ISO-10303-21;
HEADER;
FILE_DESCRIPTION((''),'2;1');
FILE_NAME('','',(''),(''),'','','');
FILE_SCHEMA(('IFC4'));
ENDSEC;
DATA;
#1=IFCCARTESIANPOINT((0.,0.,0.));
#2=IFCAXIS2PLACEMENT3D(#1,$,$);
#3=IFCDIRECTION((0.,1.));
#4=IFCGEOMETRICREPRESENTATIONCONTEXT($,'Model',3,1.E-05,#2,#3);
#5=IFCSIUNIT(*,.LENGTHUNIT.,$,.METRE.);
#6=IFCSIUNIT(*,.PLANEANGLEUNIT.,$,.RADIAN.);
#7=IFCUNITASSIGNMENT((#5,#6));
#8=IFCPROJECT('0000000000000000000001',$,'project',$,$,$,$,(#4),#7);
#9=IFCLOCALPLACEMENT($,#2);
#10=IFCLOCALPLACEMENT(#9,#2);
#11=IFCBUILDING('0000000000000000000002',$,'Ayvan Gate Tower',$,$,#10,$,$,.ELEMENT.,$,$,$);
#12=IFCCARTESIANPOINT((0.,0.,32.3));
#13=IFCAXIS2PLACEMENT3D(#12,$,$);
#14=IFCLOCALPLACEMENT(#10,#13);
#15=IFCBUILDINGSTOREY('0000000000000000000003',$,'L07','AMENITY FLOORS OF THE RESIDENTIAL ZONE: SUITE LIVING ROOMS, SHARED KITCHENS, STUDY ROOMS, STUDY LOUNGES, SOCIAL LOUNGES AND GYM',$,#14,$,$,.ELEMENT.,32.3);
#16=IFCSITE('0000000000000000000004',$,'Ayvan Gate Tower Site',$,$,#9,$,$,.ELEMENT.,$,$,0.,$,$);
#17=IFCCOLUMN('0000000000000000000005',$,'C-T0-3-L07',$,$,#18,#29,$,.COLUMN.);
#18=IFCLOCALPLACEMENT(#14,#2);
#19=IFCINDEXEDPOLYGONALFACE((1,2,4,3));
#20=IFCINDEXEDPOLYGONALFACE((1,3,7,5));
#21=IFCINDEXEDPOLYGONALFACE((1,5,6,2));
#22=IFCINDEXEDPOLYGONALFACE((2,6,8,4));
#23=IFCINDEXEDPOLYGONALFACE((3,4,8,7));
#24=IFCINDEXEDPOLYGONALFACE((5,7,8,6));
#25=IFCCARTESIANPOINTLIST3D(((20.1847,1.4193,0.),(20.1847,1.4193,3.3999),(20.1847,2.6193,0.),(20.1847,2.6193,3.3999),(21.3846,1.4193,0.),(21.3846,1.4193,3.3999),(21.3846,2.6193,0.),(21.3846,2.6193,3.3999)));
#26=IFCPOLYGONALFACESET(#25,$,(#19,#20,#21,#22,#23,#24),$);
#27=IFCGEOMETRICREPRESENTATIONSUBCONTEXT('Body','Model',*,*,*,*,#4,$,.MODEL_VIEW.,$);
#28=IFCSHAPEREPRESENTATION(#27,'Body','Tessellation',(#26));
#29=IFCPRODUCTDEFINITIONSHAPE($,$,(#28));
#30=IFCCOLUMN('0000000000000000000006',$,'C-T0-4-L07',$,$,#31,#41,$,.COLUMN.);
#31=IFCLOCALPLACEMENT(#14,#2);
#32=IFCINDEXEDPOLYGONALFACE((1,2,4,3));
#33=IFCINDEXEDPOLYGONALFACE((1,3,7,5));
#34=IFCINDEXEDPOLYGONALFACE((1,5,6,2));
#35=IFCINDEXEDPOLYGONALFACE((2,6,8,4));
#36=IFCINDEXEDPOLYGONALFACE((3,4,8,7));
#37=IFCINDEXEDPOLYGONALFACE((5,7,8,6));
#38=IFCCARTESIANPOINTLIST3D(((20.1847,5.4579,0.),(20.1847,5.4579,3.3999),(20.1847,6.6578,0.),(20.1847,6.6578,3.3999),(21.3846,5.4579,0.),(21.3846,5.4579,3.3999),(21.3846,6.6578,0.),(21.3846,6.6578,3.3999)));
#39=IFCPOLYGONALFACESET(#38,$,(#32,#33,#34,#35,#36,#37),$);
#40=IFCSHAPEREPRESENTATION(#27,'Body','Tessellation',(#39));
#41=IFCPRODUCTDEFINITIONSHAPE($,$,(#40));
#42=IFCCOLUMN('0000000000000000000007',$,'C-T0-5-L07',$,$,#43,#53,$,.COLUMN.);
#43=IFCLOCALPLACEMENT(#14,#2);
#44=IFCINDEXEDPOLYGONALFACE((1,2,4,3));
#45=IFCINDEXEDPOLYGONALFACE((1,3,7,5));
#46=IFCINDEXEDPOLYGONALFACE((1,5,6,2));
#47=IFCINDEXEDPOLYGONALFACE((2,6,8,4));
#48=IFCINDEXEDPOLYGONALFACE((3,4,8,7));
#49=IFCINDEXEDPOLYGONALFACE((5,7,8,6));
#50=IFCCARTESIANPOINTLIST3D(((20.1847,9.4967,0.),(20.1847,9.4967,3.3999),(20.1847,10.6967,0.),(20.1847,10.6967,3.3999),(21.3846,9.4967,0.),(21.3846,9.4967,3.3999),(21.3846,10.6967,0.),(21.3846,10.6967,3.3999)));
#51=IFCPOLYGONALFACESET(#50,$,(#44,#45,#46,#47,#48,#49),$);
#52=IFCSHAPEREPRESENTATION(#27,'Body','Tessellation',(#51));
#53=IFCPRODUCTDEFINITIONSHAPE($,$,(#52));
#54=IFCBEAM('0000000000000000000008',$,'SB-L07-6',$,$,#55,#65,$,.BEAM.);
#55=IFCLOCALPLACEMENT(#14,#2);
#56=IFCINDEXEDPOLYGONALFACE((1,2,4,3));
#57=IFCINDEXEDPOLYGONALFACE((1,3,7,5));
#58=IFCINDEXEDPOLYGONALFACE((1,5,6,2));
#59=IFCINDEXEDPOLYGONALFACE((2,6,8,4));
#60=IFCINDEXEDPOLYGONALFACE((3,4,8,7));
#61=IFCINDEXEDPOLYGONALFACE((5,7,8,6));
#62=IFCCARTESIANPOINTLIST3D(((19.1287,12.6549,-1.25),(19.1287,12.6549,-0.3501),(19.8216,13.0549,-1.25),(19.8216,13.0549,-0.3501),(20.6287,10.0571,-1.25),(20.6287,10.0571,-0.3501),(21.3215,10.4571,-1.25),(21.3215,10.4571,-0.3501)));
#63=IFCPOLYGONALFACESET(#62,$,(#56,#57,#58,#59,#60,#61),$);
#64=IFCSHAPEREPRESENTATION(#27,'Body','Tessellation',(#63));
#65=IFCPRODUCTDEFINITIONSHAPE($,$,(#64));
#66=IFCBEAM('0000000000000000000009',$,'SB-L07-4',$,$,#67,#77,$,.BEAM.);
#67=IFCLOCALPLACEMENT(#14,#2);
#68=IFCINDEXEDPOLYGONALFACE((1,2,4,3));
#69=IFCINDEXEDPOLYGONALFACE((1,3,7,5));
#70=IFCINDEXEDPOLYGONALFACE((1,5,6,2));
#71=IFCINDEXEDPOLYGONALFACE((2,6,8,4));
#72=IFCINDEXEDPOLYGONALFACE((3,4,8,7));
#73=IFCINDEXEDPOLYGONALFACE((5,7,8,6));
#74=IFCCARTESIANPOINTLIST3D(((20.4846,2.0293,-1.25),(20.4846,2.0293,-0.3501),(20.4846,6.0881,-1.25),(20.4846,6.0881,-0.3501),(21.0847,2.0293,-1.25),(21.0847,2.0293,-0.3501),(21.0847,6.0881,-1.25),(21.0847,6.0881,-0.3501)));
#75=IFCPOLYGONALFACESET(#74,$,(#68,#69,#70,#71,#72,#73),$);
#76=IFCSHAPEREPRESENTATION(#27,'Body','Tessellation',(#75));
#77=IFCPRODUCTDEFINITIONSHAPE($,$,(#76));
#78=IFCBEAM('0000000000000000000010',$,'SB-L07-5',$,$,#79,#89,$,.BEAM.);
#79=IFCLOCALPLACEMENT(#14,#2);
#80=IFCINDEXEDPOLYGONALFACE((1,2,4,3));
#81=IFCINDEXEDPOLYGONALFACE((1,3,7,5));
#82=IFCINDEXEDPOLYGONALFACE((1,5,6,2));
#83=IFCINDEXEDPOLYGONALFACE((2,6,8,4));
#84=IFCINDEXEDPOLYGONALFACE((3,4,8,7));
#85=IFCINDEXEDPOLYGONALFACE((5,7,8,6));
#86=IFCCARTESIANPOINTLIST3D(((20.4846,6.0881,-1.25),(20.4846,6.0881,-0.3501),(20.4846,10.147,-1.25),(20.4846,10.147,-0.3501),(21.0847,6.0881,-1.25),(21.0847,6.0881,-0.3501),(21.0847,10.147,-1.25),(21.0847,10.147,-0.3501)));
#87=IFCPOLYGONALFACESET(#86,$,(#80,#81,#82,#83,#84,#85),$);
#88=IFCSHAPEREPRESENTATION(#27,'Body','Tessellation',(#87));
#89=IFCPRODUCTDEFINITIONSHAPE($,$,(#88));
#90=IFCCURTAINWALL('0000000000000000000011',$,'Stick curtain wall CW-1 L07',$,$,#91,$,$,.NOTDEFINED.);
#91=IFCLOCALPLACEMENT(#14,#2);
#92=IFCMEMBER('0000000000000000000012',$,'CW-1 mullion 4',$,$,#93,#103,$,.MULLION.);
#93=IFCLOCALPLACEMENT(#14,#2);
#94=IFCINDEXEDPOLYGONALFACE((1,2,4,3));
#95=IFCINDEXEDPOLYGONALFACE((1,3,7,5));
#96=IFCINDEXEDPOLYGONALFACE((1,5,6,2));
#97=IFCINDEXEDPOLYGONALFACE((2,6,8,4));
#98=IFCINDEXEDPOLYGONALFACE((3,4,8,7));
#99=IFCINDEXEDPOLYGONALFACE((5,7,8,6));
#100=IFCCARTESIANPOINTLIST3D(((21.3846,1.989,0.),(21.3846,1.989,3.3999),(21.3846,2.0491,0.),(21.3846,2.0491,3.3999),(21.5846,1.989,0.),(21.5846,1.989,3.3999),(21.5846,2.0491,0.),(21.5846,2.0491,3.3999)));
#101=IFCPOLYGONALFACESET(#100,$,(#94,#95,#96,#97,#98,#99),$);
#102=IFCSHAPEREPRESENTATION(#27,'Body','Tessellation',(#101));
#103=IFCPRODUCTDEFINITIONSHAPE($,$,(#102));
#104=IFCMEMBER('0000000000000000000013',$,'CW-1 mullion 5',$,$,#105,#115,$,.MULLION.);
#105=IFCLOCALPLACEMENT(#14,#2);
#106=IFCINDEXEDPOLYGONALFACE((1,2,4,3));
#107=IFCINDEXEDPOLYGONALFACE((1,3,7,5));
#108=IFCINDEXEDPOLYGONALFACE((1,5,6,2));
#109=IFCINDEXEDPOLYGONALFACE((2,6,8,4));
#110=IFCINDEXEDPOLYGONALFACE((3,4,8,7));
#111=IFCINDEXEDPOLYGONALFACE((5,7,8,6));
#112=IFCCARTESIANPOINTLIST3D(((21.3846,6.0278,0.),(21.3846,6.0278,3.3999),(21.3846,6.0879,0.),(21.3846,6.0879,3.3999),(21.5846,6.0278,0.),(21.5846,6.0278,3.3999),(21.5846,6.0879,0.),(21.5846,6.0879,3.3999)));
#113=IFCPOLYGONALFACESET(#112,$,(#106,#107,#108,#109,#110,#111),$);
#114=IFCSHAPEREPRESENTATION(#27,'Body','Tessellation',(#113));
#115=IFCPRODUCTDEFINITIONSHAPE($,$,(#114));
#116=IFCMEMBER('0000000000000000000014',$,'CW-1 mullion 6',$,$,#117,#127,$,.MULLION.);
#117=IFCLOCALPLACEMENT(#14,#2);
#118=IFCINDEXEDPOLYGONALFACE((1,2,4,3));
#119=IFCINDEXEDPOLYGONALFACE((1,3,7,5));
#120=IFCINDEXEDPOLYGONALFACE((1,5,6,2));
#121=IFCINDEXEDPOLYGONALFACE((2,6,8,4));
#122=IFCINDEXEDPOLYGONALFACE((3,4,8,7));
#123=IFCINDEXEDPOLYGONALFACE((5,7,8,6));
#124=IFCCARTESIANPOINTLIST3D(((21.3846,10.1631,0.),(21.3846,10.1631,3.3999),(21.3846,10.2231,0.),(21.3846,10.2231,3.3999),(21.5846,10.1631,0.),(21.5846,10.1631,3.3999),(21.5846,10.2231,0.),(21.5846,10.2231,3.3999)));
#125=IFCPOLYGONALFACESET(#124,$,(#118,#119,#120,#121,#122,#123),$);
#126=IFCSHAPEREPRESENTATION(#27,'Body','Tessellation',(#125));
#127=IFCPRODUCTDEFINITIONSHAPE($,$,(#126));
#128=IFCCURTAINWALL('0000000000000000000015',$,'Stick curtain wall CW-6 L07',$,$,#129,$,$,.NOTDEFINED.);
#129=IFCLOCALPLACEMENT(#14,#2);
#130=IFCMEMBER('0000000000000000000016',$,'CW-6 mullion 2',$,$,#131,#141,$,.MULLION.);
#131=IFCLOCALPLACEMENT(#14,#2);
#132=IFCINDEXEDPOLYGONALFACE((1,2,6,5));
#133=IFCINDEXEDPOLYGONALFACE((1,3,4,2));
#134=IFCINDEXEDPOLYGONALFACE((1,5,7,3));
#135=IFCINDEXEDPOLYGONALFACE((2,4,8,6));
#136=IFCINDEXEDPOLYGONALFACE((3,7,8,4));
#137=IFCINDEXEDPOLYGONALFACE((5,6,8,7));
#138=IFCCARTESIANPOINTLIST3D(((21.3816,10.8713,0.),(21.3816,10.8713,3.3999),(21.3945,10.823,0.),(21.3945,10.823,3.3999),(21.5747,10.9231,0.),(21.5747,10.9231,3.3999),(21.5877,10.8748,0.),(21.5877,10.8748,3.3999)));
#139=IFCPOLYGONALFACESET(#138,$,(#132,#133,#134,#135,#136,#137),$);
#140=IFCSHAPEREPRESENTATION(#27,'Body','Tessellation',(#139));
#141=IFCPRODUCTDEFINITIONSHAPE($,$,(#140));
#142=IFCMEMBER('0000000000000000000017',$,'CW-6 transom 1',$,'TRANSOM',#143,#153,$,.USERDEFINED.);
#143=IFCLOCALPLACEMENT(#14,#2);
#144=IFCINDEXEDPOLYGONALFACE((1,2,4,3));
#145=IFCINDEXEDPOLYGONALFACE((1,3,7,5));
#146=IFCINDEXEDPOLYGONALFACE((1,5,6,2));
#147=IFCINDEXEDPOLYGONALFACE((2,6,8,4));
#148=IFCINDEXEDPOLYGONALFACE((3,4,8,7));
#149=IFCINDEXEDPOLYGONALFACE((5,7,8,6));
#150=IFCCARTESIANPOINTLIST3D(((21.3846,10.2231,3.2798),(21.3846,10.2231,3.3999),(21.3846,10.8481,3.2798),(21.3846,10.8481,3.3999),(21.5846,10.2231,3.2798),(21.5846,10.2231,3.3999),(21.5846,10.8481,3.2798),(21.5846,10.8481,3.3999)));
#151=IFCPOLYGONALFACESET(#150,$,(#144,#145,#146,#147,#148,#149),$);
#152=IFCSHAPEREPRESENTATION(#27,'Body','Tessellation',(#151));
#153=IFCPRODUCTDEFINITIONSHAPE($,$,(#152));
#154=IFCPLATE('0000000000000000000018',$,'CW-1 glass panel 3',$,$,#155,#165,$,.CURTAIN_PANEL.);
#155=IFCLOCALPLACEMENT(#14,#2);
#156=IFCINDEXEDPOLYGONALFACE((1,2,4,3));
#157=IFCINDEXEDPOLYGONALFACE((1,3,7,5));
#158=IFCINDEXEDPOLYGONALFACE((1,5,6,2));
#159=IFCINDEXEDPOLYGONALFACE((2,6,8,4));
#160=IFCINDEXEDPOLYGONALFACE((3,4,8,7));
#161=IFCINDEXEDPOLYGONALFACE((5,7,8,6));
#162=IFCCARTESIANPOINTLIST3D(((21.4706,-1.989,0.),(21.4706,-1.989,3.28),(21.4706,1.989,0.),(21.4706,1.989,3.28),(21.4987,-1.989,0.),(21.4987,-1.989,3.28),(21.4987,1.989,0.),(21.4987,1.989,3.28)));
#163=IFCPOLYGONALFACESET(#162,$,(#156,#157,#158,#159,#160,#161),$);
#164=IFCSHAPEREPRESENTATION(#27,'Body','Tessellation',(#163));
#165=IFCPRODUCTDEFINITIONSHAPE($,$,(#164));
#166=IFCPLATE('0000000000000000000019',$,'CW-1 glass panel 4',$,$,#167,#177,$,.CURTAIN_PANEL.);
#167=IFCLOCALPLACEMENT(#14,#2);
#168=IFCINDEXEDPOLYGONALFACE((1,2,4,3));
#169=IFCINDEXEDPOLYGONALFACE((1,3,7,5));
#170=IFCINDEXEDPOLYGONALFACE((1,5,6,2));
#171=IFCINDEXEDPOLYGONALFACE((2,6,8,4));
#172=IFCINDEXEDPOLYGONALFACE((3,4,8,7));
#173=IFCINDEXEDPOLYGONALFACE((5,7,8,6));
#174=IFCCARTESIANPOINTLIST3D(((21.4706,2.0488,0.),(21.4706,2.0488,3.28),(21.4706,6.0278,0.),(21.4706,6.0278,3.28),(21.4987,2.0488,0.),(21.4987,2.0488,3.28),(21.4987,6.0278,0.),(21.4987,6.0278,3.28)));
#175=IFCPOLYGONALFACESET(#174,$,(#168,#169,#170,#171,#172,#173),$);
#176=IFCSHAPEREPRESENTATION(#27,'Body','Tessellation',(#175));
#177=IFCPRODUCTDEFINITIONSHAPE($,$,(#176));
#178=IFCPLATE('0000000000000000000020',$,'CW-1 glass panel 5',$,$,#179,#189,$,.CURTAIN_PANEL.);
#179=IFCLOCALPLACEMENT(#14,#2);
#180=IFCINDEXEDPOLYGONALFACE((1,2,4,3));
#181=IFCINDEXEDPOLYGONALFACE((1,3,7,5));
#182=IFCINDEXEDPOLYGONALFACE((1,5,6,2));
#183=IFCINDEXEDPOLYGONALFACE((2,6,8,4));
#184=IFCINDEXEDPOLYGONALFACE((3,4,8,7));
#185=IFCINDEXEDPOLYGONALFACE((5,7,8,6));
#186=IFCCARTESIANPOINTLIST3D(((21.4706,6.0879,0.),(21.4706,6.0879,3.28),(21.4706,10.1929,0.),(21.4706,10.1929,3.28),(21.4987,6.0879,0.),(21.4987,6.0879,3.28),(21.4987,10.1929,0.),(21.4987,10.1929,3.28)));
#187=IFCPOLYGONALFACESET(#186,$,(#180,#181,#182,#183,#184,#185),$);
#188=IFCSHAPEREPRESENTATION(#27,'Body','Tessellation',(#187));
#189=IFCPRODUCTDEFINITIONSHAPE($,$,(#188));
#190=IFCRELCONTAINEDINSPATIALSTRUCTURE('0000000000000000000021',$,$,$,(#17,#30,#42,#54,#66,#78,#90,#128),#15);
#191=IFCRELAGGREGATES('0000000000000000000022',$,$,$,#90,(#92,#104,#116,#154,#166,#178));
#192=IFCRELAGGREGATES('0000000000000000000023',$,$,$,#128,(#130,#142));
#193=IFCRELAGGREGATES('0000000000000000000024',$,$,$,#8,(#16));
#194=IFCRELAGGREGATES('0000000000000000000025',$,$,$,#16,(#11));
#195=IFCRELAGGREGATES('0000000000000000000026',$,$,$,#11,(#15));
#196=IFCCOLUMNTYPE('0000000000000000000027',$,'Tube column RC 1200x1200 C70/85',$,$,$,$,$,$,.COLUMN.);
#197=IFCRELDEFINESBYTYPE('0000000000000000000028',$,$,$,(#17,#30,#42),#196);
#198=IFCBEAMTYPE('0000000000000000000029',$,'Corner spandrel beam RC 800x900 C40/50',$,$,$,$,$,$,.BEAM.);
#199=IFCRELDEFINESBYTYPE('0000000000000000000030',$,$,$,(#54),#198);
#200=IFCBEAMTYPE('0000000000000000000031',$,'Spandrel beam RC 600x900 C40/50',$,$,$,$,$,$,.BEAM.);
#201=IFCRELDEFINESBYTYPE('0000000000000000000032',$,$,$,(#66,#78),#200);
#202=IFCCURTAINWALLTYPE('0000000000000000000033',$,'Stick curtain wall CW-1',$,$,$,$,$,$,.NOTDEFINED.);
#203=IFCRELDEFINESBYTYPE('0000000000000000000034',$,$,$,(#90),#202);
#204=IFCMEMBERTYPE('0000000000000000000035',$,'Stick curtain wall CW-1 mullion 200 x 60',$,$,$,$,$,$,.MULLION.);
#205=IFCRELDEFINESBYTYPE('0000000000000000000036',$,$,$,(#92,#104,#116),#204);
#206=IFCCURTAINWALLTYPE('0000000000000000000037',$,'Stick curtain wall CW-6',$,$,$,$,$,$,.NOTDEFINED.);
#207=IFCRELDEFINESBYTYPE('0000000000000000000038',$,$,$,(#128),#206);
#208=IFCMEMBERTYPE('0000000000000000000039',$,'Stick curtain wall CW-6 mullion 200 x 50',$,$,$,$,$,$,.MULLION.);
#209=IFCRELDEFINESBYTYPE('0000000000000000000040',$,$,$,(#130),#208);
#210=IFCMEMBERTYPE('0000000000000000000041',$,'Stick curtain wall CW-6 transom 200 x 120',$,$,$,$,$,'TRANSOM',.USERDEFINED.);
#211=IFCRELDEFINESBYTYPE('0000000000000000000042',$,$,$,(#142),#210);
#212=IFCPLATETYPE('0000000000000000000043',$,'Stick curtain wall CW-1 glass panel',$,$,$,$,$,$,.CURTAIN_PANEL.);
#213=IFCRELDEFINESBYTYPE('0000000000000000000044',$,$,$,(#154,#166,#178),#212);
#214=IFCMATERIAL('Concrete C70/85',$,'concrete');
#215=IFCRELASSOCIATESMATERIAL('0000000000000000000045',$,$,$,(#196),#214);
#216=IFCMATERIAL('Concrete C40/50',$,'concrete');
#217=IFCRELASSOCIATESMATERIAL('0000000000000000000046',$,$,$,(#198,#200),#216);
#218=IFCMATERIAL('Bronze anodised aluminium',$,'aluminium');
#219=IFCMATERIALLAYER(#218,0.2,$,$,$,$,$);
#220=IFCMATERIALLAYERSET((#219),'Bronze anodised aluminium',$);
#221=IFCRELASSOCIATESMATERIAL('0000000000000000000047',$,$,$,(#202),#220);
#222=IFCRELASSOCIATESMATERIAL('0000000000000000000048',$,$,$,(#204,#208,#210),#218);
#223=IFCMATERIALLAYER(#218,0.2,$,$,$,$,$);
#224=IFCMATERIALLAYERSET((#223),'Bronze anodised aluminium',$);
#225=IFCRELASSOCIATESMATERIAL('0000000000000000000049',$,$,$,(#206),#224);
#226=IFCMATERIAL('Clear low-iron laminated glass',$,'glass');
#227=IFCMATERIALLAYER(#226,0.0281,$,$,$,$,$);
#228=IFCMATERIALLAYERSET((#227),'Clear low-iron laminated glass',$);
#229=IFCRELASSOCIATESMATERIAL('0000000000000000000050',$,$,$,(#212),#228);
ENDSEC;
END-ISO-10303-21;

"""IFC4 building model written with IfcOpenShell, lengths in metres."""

from ifc_helpers import new_model, si_unit, direction, frame, origin, origin_2d, place, context, subcontext, project, spatial, rectangle, extrude, material, layer, layer_set, material_profile, profile_set, type_object, element, aggregate, save


model = new_model("IFC4")

# Units and contexts
model_context = context("Model", 3, precision=1e-05, world=origin(), true_north=direction((0.0, 1.0)))
body_context = subcontext(model_context, "Body", "Model", "MODEL_VIEW")
ifc_project = project(units=[si_unit("LENGTHUNIT", "METRE"), si_unit("PLANEANGLEUNIT", "RADIAN")], contexts=[model_context])

# Site, building, storey
site_placement = place(None, origin())
site = spatial("IfcSite", under=ifc_project, at=site_placement, Name="Ayvan Gate Tower Site", CompositionType="ELEMENT", RefElevation=0.0)
building_placement = place(site_placement, origin())
building = spatial("IfcBuilding", under=site, at=building_placement, Name="Ayvan Gate Tower", CompositionType="ELEMENT")
storey_placement = place(building_placement, frame((0.0, 0.0, 32.3)))
storey = spatial("IfcBuildingStorey", under=building, at=storey_placement, Name="L07", Description="AMENITY FLOORS OF THE RESIDENTIAL ZONE: SUITE LIVING ROOMS, SHARED KITCHENS, STUDY ROOMS, STUDY LOUNGES, SOCIAL LOUNGES AND GYM", CompositionType="ELEMENT", Elevation=32.3)

# Columns
ifc_material_1 = material(Name="Concrete C70/85", Category="concrete")
ifc_material_profile_1 = material_profile(ifc_material_1, rectangle(XDim=1.2, YDim=1.2, at=origin_2d()), Name="RC 1200x1200")
ifc_profile_set_1 = profile_set([ifc_material_profile_1], Name="Concrete C70/85")
column_type = type_object("IfcColumnType", Name="Tube column RC 1200x1200 C70/85", PredefinedType="COLUMN", material=ifc_profile_set_1)
for number, where, z_axis, x_axis, name in (
    (1, (20.7847, 2.0193, 0.0), (0.0, 0.0, 1.0), (1.0, 0.0, 0.0), "C-T0-3-L07"),
    (2, (20.7847, 6.0579, 0.0), (0.0, 0.0, 1.0), (1.0, 0.0, 0.0), "C-T0-4-L07"),
    (3, (20.7847, 10.0967, 0.0), (0.0, 0.0, 1.0), (1.0, 0.0, 0.0), "C-T0-5-L07"),
):
    element("IfcColumn", number, at=place(storey_placement, frame(where, z_axis=z_axis, x_axis=x_axis)), inside=storey, type_object=column_type, Name=name, PredefinedType="COLUMN", context=body_context, shape_type="SweptSolid", body=[
        extrude(rectangle(XDim=1.2, YDim=1.2, at=origin_2d()), origin(), (0.0, 0.0, 1.0), 3.3999),
    ])

# Beams
ifc_material_2 = material(Name="Concrete C40/50", Category="concrete")
ifc_material_profile_2 = material_profile(ifc_material_2, rectangle(XDim=0.8, YDim=0.8999, at=origin_2d()), Name="RC 800x900")
ifc_profile_set_2 = profile_set([ifc_material_profile_2], Name="Concrete C40/50")
beam_type_1 = type_object("IfcBeamType", Name="Corner spandrel beam RC 800x900 C40/50", PredefinedType="BEAM", material=ifc_profile_set_2)
beam_placement = place(storey_placement, frame((20.9751, 10.2571, -0.8), z_axis=(-0.500025, 0.866011, 0.0), x_axis=(-0.866011, -0.500025, 0.0)))
element("IfcBeam", 4, at=beam_placement, inside=storey, type_object=beam_type_1, Name="SB-L07-6", PredefinedType="BEAM", context=body_context, shape_type="SweptSolid", body=[
    extrude(rectangle(XDim=0.8, YDim=0.8999, at=origin_2d()), origin(), (0.0, 0.0, 1.0), 2.9998),
])
ifc_material_profile_3 = material_profile(ifc_material_2, rectangle(XDim=0.6001, YDim=0.8999, at=origin_2d()), Name="RC 600x900")
ifc_profile_set_3 = profile_set([ifc_material_profile_3], Name="Concrete C40/50")
beam_type_2 = type_object("IfcBeamType", Name="Spandrel beam RC 600x900 C40/50", PredefinedType="BEAM", material=ifc_profile_set_3)
for number, where, z_axis, x_axis, name in (
    (5, (20.7847, 2.0293, -0.8), (0.0, 1.0, 0.0), (-1.0, 0.0, 0.0), "SB-L07-4"),
    (6, (20.7847, 6.0881, -0.8), (0.0, 1.0, 0.0), (-1.0, 0.0, 0.0), "SB-L07-5"),
):
    element("IfcBeam", number, at=place(storey_placement, frame(where, z_axis=z_axis, x_axis=x_axis)), inside=storey, type_object=beam_type_2, Name=name, PredefinedType="BEAM", context=body_context, shape_type="SweptSolid", body=[
        extrude(rectangle(XDim=0.6001, YDim=0.8999, at=origin_2d()), origin(), (0.0, 0.0, 1.0), 4.0588),
    ])

# Curtain walls, members
ifc_material_3 = material(Name="Bronze anodised aluminium", Category="aluminium")
ifc_layer_1 = layer(ifc_material_3, 0.2)
ifc_layer_set_1 = layer_set([ifc_layer_1], Name="Bronze anodised aluminium")
curtain_wall_type_1 = type_object("IfcCurtainWallType", Name="Stick curtain wall CW-1", PredefinedType="NOTDEFINED", material=ifc_layer_set_1)
curtain_wall_1_placement = place(storey_placement, origin())
curtain_wall_1 = element("IfcCurtainWall", 7, at=curtain_wall_1_placement, inside=storey, type_object=curtain_wall_type_1, Name="Stick curtain wall CW-1 L07", PredefinedType="NOTDEFINED")
ifc_material_profile_4 = material_profile(ifc_material_3, rectangle(XDim=0.2, YDim=0.0601, at=origin_2d()), Name="Stick curtain wall CW-1 mullion 200 x 60")
ifc_profile_set_4 = profile_set([ifc_material_profile_4], Name="Bronze anodised aluminium")
member_type_1 = type_object("IfcMemberType", Name="Stick curtain wall CW-1 mullion 200 x 60", PredefinedType="MULLION", material=ifc_profile_set_4)
member_1_placement = place(storey_placement, frame((21.4846, 2.019, 0.0), z_axis=(0.0, 0.0, 1.0), x_axis=(1.0, 0.0, 0.0)))
member_1 = element("IfcMember", 8, at=member_1_placement, type_object=member_type_1, Name="CW-1 mullion 4", PredefinedType="MULLION", context=body_context, shape_type="SweptSolid", body=[
    extrude(rectangle(XDim=0.2, YDim=0.0601, at=origin_2d()), origin(), (0.0, 0.0, 1.0), 3.3999),
])
member_2_placement = place(storey_placement, frame((21.4846, 6.0579, 0.0), z_axis=(0.0, 0.0, 1.0), x_axis=(1.0, 0.0, 0.0)))
member_2 = element("IfcMember", 9, at=member_2_placement, type_object=member_type_1, Name="CW-1 mullion 5", PredefinedType="MULLION", context=body_context, shape_type="SweptSolid", body=[
    extrude(rectangle(XDim=0.2, YDim=0.0601, at=origin_2d()), origin(), (0.0, 0.0, 1.0), 3.3999),
])
member_3_placement = place(storey_placement, frame((21.4846, 10.1931, 0.0), z_axis=(0.0, 0.0, 1.0), x_axis=(1.0, 0.0, 0.0)))
member_3 = element("IfcMember", 10, at=member_3_placement, type_object=member_type_1, Name="CW-1 mullion 6", PredefinedType="MULLION", context=body_context, shape_type="SweptSolid", body=[
    extrude(rectangle(XDim=0.2, YDim=0.0601, at=origin_2d()), origin(), (0.0, 0.0, 1.0), 3.3999),
])
ifc_layer_2 = layer(ifc_material_3, 0.2)
ifc_layer_set_2 = layer_set([ifc_layer_2], Name="Bronze anodised aluminium")
curtain_wall_type_2 = type_object("IfcCurtainWallType", Name="Stick curtain wall CW-6", PredefinedType="NOTDEFINED", material=ifc_layer_set_2)
curtain_wall_2_placement = place(storey_placement, origin())
curtain_wall_2 = element("IfcCurtainWall", 11, at=curtain_wall_2_placement, inside=storey, type_object=curtain_wall_type_2, Name="Stick curtain wall CW-6 L07", PredefinedType="NOTDEFINED")
ifc_material_profile_5 = material_profile(ifc_material_3, rectangle(XDim=0.2, YDim=0.05, at=origin_2d()), Name="Stick curtain wall CW-6 mullion 200 x 50")
ifc_profile_set_5 = profile_set([ifc_material_profile_5], Name="Bronze anodised aluminium")
member_type_2 = type_object("IfcMemberType", Name="Stick curtain wall CW-6 mullion 200 x 50", PredefinedType="MULLION", material=ifc_profile_set_5)
member_4_placement = place(storey_placement, frame((21.4846, 10.873, 0.0), z_axis=(0.0, 0.0, 1.0), x_axis=(0.965926, 0.258819, 0.0)))
member_4 = element("IfcMember", 12, at=member_4_placement, type_object=member_type_2, Name="CW-6 mullion 2", PredefinedType="MULLION", context=body_context, shape_type="SweptSolid", body=[
    extrude(rectangle(XDim=0.2, YDim=0.05, at=origin_2d()), origin(), (0.0, 0.0, 1.0), 3.3999),
])
ifc_material_profile_6 = material_profile(ifc_material_3, rectangle(XDim=0.2, YDim=0.1201, at=origin_2d()), Name="Stick curtain wall CW-6 transom 200 x 120")
ifc_profile_set_6 = profile_set([ifc_material_profile_6], Name="Bronze anodised aluminium")
member_type_3 = type_object("IfcMemberType", Name="Stick curtain wall CW-6 transom 200 x 120", ElementType="TRANSOM", PredefinedType="USERDEFINED", material=ifc_profile_set_6)
member_5_placement = place(storey_placement, frame((21.4846, 10.2231, 3.3398), z_axis=(0.0, 1.0, 0.0), x_axis=(-1.0, 0.0, 0.0)))
member_5 = element("IfcMember", 13, at=member_5_placement, type_object=member_type_3, Name="CW-6 transom 1", ObjectType="TRANSOM", PredefinedType="USERDEFINED", context=body_context, shape_type="SweptSolid", body=[
    extrude(rectangle(XDim=0.2, YDim=0.1201, at=origin_2d()), origin(), (0.0, 0.0, 1.0), 0.625),
])

# Plates
ifc_material_4 = material(Name="Clear low-iron laminated glass", Category="glass")
ifc_layer_3 = layer(ifc_material_4, 0.0281)
ifc_layer_set_3 = layer_set([ifc_layer_3], Name="Clear low-iron laminated glass")
plate_type_1 = type_object("IfcPlateType", Name="Stick curtain wall CW-1 glass panel", PredefinedType="CURTAIN_PANEL", material=ifc_layer_set_3)
plate_1_placement = place(storey_placement, frame((21.4846, 0.0, 0.0), z_axis=(0.0, 0.0, 1.0), x_axis=(0.0, 1.0, 0.0)))
plate_1 = element("IfcPlate", 14, at=plate_1_placement, type_object=plate_type_1, Name="CW-1 glass panel 3", PredefinedType="CURTAIN_PANEL", context=body_context, shape_type="SweptSolid", body=[
    extrude(rectangle(XDim=3.978, YDim=0.0281, at=origin_2d()), origin(), (0.0, 0.0, 1.0), 3.28),
])
plate_2_placement = place(storey_placement, frame((21.4846, 4.0383, 0.0), z_axis=(0.0, 0.0, 1.0), x_axis=(0.0, 1.0, 0.0)))
plate_2 = element("IfcPlate", 15, at=plate_2_placement, type_object=plate_type_1, Name="CW-1 glass panel 4", PredefinedType="CURTAIN_PANEL", context=body_context, shape_type="SweptSolid", body=[
    extrude(rectangle(XDim=3.979, YDim=0.0281, at=origin_2d()), origin(), (0.0, 0.0, 1.0), 3.28),
])
plate_3_placement = place(storey_placement, frame((21.4846, 8.1404, 0.0), z_axis=(0.0, 0.0, 1.0), x_axis=(0.0, 1.0, 0.0)))
plate_3 = element("IfcPlate", 16, at=plate_3_placement, type_object=plate_type_1, Name="CW-1 glass panel 5", PredefinedType="CURTAIN_PANEL", context=body_context, shape_type="SweptSolid", body=[
    extrude(rectangle(XDim=4.105, YDim=0.0281, at=origin_2d()), origin(), (0.0, 0.0, 1.0), 3.28),
])
aggregate(curtain_wall_1, [member_1, member_2, member_3, plate_1, plate_2, plate_3])
aggregate(curtain_wall_2, [member_4, member_5])

save(model, "model.ifc")
